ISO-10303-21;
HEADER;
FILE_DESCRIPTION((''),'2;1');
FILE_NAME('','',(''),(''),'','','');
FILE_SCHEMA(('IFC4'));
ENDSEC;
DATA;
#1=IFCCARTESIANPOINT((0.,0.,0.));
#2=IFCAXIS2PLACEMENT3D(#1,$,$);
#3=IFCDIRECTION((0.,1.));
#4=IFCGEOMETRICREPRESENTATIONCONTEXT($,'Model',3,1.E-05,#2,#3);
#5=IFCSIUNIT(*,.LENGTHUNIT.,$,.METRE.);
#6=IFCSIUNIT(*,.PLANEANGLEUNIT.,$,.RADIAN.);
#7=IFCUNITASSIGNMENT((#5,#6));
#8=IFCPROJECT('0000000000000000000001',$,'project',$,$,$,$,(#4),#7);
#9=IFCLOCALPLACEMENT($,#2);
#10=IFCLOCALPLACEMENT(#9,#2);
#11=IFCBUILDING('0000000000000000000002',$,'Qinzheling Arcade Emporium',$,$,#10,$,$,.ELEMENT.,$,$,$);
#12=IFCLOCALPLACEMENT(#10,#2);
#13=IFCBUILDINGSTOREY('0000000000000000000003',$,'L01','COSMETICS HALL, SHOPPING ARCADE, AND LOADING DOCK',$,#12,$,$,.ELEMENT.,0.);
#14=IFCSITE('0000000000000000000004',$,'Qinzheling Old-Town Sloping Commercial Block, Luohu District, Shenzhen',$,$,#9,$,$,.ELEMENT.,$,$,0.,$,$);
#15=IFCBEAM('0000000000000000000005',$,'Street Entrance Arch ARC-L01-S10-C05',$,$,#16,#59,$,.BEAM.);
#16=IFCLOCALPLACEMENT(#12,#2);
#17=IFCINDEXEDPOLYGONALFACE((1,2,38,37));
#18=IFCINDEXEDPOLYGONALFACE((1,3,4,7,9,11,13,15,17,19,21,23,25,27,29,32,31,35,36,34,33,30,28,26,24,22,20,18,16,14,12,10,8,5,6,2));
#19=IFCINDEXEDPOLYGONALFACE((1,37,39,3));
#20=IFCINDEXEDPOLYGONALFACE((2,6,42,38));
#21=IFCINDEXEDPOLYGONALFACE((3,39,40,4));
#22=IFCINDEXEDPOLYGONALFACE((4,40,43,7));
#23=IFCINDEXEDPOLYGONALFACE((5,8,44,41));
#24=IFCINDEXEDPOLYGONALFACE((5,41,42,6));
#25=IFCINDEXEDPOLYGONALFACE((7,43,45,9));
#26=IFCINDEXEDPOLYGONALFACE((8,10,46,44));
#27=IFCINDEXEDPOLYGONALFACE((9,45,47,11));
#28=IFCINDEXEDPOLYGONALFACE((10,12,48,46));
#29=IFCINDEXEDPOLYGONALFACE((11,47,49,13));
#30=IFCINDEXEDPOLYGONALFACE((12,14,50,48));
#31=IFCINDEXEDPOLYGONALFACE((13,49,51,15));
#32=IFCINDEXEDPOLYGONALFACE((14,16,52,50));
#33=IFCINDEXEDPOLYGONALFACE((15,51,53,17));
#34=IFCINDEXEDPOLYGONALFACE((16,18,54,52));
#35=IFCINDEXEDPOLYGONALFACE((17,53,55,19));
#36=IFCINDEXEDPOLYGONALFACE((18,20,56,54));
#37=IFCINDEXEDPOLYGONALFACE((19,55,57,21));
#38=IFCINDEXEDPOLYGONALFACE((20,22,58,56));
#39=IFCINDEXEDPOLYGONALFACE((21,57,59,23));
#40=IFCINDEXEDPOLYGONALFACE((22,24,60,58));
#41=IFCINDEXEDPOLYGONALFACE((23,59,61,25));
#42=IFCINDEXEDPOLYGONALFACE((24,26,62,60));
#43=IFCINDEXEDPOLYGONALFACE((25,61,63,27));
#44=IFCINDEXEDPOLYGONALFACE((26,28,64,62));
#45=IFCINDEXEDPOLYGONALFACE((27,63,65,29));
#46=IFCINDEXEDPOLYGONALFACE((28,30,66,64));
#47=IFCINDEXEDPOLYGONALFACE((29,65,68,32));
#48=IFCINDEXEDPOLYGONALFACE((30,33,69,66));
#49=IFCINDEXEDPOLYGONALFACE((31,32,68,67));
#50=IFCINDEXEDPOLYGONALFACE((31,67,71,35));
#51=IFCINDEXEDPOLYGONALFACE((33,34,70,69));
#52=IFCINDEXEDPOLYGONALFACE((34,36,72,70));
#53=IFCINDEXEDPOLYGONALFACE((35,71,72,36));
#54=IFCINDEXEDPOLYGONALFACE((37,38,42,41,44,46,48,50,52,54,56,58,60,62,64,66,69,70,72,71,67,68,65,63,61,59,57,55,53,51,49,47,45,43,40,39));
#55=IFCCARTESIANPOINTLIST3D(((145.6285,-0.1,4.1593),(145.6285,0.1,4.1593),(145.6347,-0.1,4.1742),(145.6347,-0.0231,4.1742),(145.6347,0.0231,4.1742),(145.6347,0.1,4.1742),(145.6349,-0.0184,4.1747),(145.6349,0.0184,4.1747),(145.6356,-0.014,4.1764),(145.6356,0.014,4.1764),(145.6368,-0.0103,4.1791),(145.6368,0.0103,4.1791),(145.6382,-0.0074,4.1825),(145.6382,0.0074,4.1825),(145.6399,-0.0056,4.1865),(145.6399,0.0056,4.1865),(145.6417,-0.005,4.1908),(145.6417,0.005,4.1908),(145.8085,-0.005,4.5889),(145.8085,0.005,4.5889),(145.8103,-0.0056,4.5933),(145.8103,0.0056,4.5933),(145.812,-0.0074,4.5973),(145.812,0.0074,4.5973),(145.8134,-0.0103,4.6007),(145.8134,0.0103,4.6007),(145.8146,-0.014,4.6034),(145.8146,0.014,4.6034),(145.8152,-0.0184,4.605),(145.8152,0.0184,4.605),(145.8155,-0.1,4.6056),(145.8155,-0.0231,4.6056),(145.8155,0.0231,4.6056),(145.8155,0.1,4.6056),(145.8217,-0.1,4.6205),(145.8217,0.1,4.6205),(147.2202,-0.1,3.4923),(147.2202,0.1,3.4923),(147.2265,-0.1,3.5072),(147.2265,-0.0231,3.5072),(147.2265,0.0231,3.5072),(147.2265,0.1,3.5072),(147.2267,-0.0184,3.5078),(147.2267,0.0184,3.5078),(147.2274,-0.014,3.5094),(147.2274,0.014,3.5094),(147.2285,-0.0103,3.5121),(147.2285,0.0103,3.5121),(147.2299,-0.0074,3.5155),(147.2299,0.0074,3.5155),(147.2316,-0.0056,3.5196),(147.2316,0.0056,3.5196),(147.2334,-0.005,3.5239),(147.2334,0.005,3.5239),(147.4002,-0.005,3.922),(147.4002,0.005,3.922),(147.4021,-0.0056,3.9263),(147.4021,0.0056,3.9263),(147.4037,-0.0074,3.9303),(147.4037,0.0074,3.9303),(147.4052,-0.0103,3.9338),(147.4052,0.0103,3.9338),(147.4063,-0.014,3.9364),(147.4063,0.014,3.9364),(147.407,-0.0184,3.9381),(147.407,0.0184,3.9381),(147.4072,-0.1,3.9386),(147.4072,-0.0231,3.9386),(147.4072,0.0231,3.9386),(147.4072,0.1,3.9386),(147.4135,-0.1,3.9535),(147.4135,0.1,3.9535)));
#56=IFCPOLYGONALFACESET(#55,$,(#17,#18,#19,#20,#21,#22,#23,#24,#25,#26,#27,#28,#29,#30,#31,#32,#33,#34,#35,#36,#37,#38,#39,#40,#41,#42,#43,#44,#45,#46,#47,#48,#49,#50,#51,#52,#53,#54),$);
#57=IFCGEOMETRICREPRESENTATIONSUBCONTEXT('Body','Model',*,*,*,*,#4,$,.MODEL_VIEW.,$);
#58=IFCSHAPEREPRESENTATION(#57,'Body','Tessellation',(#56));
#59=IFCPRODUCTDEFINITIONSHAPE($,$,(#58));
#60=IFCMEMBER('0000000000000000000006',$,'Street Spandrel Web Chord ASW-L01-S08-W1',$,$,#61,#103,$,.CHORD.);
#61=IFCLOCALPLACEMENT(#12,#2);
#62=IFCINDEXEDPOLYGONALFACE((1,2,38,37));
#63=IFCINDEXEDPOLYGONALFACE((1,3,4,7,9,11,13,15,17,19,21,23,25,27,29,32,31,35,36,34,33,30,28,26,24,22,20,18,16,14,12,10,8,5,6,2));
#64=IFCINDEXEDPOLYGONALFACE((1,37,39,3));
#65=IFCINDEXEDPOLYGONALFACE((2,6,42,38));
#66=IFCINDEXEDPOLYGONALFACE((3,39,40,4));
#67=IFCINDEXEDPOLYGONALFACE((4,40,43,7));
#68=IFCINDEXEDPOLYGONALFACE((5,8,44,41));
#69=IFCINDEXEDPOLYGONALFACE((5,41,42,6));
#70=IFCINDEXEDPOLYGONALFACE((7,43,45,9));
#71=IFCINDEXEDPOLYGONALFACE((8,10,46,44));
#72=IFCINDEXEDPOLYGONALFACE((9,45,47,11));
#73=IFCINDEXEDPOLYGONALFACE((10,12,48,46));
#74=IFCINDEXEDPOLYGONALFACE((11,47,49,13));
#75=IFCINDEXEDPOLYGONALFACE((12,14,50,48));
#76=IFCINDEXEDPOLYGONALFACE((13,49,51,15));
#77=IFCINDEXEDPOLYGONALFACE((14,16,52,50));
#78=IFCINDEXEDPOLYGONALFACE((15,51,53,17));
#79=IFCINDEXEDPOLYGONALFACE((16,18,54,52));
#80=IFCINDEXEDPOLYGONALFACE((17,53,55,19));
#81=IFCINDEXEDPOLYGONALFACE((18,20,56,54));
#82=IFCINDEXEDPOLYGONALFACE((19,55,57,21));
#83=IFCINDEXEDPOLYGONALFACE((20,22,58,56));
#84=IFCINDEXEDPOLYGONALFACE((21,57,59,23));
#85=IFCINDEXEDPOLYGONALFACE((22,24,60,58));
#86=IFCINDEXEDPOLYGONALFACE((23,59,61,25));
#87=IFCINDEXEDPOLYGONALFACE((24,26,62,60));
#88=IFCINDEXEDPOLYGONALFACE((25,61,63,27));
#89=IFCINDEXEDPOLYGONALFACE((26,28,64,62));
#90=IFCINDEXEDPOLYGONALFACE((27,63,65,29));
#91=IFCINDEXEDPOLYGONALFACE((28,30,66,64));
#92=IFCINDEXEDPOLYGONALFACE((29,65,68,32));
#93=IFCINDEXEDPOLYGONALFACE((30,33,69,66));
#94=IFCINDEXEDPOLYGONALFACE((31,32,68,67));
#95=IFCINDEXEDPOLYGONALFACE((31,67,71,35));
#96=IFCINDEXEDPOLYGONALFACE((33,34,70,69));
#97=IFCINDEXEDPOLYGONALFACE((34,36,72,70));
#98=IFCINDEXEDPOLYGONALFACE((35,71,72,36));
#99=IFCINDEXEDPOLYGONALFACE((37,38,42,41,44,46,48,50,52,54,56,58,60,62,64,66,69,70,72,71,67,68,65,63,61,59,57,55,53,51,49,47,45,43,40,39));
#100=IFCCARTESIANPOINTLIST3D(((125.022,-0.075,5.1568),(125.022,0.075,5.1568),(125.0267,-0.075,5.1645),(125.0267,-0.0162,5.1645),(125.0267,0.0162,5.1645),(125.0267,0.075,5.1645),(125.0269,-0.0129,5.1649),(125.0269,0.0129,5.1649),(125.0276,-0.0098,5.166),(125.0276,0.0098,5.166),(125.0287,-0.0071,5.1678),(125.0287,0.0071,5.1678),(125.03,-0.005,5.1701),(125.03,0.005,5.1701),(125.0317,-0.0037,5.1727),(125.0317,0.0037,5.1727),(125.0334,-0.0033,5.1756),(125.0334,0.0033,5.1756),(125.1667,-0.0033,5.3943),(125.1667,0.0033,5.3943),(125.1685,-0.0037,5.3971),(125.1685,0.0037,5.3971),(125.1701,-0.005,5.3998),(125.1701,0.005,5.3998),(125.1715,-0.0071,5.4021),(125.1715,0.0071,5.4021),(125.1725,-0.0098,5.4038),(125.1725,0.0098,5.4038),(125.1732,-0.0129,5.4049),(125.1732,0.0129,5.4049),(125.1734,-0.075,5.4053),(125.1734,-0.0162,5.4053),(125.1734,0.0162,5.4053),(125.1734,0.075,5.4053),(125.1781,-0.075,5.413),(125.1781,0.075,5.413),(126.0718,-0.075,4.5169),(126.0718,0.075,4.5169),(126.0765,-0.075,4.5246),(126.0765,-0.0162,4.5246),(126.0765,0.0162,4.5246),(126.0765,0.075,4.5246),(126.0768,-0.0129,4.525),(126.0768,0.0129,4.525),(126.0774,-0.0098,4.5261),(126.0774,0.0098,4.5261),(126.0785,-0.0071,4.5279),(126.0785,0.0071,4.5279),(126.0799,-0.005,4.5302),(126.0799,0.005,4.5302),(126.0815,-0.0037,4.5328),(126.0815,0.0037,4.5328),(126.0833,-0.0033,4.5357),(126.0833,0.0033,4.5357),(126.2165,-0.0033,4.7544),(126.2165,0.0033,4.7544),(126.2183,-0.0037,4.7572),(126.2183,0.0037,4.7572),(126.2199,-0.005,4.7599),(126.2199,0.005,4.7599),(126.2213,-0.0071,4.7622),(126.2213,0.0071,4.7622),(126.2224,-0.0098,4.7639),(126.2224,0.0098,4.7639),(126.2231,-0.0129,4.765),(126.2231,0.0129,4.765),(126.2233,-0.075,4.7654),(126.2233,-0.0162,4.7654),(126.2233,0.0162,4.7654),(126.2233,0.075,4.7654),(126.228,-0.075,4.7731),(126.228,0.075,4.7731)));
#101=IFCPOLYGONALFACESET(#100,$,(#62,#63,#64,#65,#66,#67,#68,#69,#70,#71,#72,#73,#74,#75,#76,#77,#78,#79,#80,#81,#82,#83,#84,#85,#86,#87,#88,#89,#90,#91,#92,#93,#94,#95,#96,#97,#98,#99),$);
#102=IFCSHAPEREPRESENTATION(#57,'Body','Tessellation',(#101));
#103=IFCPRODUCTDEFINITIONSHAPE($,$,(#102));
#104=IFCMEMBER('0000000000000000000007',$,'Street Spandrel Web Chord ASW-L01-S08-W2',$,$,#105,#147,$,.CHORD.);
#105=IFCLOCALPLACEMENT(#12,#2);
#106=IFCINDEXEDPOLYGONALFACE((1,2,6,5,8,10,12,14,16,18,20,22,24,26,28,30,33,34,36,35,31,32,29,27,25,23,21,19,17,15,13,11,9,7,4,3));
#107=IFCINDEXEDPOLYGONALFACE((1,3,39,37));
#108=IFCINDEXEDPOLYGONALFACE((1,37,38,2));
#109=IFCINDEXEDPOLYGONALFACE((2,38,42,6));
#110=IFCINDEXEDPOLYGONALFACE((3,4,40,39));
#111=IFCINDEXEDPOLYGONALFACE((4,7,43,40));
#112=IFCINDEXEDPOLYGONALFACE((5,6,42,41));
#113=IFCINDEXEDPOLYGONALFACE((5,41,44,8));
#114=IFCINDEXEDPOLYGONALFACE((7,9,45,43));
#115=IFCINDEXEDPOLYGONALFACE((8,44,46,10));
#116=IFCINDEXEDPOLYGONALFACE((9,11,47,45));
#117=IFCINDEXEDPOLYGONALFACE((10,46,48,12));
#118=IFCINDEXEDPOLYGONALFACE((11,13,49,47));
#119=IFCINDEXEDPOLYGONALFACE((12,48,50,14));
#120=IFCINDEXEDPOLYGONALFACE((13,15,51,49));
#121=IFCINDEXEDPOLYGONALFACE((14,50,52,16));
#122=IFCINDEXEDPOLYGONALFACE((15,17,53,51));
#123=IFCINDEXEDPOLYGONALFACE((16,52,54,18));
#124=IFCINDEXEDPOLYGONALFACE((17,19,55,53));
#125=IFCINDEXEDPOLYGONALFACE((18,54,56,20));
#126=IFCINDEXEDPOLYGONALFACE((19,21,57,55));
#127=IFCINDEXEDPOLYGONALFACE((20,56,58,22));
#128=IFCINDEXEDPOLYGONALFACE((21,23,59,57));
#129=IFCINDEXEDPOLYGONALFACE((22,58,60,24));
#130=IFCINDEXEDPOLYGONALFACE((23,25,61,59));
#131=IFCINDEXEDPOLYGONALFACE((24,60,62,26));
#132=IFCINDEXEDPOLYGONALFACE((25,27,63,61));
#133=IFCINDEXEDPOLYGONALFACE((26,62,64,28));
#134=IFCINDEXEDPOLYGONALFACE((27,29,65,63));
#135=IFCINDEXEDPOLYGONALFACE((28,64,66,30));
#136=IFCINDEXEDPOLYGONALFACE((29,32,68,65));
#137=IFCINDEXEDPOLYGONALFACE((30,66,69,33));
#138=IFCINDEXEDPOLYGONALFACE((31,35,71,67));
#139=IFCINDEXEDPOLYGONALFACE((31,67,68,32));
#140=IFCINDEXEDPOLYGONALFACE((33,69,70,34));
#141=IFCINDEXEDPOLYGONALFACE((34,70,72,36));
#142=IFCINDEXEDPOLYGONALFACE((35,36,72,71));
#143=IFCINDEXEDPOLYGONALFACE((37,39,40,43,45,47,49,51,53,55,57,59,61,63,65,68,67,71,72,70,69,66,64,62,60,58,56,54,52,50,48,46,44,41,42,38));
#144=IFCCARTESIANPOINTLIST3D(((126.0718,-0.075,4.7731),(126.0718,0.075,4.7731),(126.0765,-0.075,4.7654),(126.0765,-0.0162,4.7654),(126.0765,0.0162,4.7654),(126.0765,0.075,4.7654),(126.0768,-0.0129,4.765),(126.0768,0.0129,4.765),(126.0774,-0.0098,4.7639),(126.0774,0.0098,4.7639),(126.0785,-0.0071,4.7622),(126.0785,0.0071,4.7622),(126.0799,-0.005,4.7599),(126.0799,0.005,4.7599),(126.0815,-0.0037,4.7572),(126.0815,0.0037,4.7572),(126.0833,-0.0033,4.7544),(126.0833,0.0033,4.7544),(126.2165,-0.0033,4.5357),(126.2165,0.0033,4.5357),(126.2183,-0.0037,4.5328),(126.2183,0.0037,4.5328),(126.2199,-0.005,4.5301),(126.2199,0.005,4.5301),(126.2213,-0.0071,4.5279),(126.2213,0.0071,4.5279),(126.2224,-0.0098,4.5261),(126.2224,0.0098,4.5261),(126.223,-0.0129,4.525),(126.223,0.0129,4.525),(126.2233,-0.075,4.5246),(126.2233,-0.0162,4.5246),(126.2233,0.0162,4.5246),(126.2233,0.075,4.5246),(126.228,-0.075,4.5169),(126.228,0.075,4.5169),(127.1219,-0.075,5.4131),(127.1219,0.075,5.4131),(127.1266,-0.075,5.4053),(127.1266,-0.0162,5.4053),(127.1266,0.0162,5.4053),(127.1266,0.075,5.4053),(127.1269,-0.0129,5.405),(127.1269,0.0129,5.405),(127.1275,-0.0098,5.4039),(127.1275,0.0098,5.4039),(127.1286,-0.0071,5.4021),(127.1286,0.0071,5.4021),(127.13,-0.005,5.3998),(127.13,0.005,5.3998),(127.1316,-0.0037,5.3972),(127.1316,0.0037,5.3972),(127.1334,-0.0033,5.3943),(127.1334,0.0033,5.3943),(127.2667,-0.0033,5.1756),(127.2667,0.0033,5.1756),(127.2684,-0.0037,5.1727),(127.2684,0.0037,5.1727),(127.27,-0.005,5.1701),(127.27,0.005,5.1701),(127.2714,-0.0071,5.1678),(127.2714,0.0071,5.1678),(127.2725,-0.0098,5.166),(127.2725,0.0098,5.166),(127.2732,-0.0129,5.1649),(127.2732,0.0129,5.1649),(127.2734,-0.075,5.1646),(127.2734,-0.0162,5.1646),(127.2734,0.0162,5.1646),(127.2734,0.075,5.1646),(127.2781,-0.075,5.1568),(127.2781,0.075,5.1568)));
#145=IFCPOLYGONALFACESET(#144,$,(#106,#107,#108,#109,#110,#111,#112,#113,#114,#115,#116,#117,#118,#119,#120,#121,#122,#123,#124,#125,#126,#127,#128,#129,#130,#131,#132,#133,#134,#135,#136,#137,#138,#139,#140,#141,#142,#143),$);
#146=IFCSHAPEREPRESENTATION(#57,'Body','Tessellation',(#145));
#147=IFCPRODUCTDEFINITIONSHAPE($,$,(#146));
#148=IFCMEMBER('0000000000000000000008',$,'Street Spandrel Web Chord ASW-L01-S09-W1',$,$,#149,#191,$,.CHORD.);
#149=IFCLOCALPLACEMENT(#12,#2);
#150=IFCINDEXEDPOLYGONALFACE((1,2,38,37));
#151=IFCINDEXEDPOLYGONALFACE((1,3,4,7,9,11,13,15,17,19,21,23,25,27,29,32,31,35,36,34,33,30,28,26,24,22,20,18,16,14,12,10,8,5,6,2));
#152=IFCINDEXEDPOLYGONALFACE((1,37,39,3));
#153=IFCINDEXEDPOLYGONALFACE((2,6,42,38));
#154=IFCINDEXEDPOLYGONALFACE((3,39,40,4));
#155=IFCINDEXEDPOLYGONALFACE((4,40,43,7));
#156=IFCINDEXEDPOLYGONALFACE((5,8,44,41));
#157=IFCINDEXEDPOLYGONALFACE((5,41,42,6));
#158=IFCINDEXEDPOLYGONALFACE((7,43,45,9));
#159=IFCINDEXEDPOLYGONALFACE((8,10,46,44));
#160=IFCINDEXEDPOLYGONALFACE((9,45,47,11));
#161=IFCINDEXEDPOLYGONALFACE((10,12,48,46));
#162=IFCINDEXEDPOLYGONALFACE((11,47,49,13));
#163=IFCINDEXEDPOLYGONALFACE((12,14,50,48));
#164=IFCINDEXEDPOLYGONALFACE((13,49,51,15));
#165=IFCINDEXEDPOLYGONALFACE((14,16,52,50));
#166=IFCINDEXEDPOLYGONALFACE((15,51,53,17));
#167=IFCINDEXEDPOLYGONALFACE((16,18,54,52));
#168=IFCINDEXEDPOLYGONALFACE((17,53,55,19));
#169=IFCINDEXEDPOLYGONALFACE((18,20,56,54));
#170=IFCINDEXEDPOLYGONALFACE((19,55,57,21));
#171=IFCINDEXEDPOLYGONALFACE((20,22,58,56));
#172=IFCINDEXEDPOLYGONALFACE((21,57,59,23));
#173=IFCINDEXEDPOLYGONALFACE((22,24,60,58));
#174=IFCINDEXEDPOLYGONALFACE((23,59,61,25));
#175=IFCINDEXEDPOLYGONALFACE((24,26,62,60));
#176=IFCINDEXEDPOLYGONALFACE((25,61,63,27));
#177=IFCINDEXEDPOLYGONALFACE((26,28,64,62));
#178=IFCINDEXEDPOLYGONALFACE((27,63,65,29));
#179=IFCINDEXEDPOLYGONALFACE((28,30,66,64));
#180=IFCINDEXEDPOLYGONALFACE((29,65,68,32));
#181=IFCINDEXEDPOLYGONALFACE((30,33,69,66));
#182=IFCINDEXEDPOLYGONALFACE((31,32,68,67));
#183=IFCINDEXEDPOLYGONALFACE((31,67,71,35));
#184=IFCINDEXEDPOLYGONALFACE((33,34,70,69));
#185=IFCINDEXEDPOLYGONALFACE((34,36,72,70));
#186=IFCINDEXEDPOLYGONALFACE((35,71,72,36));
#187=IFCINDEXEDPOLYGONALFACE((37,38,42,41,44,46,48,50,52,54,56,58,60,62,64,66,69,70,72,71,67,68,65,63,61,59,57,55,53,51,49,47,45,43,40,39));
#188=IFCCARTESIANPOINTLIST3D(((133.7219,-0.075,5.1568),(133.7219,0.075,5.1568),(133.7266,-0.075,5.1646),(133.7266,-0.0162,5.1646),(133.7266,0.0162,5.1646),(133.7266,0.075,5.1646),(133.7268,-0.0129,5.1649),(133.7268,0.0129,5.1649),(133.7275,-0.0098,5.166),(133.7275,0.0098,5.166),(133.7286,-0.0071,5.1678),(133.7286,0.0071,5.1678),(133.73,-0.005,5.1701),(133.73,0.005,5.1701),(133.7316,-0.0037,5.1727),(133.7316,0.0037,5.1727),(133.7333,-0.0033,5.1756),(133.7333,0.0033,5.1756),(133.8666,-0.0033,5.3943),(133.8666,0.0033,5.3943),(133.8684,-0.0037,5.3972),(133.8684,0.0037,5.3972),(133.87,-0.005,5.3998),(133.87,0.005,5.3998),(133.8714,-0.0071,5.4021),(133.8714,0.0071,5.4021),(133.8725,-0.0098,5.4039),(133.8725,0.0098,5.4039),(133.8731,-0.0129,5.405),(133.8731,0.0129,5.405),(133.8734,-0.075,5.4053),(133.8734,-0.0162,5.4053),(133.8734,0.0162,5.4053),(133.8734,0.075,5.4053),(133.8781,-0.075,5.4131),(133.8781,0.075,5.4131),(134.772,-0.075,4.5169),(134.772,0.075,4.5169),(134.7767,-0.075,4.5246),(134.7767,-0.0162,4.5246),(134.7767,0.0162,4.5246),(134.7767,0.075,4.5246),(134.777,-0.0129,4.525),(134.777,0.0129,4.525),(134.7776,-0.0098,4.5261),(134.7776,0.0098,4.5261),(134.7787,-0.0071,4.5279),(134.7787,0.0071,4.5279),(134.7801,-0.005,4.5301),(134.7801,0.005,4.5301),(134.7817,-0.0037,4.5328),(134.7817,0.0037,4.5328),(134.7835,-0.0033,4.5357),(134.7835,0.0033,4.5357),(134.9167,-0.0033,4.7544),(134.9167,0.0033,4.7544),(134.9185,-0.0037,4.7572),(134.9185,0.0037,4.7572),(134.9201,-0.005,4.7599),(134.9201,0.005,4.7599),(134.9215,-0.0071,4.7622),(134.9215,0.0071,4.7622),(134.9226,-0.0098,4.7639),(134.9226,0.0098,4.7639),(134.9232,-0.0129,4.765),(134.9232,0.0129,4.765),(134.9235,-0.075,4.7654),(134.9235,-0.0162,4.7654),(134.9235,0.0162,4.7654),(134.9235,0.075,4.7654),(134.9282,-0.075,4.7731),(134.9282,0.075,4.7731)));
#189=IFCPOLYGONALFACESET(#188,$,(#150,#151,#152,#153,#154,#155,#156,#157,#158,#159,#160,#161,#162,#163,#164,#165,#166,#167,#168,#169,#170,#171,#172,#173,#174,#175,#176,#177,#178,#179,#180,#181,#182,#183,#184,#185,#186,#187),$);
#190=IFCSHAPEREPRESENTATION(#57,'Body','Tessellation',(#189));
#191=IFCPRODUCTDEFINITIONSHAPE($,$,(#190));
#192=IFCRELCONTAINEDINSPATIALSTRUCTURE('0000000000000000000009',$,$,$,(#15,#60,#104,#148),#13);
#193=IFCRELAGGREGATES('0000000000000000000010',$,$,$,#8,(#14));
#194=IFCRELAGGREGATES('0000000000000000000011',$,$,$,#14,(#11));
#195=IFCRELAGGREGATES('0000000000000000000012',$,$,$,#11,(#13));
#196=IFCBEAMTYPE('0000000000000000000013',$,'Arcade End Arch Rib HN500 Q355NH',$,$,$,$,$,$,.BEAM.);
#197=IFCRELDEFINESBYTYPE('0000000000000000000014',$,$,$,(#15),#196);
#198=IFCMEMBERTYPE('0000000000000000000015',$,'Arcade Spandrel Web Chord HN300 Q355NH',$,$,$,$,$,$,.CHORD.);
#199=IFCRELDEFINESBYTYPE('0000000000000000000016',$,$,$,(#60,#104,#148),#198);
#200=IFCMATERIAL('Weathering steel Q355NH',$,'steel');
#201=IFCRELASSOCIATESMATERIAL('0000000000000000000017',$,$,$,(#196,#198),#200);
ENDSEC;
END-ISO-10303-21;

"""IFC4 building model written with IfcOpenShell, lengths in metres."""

from ifc_helpers import new_model, si_unit, direction, frame, origin, origin_2d, place, context, subcontext, project, spatial, i_section, extrude, material, material_profile, profile_set, type_object, element, save


model = new_model("IFC4")

# Units and contexts
model_context = context("Model", 3, precision=1e-05, world=origin(), true_north=direction((0.0, 1.0)))
body_context = subcontext(model_context, "Body", "Model", "MODEL_VIEW")
ifc_project = project(units=[si_unit("LENGTHUNIT", "METRE"), si_unit("PLANEANGLEUNIT", "RADIAN")], contexts=[model_context])

# Site, building, storey
site_placement = place(None, origin())
site = spatial("IfcSite", under=ifc_project, at=site_placement, Name="Qinzheling Old-Town Sloping Commercial Block, Luohu District, Shenzhen", CompositionType="ELEMENT", RefElevation=0.0)
building_placement = place(site_placement, origin())
building = spatial("IfcBuilding", under=site, at=building_placement, Name="Qinzheling Arcade Emporium", CompositionType="ELEMENT")
storey_placement = place(building_placement, origin())
storey = spatial("IfcBuildingStorey", under=building, at=storey_placement, Name="L01", Description="COSMETICS HALL, SHOPPING ARCADE, AND LOADING DOCK", CompositionType="ELEMENT", Elevation=0.0)

# Beam
ifc_material_1 = material(Name="Weathering steel Q355NH", Category="steel")
ifc_material_profile_1 = material_profile(ifc_material_1, i_section(OverallWidth=0.2, OverallDepth=0.5, WebThickness=0.01, FlangeThickness=0.0161, FilletRadius=0.0181, at=origin_2d()), Name="HN 500x200x10x16", Category="steel")
ifc_profile_set_1 = profile_set([ifc_material_profile_1], Name="Weathering steel Q355NH")
beam_type_1 = type_object("IfcBeamType", Name="Arcade End Arch Rib HN500 Q355NH", PredefinedType="BEAM", material=ifc_profile_set_1)
beam_1_placement = place(storey_placement, frame((145.7251, 0.0, 4.3899), z_axis=(0.922305, 0.0, -0.386463), x_axis=(0.0, 1.0, 0.0)))
element("IfcBeam", 1, at=beam_1_placement, inside=storey, type_object=beam_type_1, Name="Street Entrance Arch ARC-L01-S10-C05", PredefinedType="BEAM", context=body_context, shape_type="SweptSolid", body=[
    extrude(i_section(OverallWidth=0.2, OverallDepth=0.5, WebThickness=0.01, FlangeThickness=0.0161, FilletRadius=0.0181, at=origin_2d()), origin(), (0.0, 0.0, 1.0), 1.7258),
])

# Members
ifc_material_profile_2 = material_profile(ifc_material_1, i_section(OverallWidth=0.1499, OverallDepth=0.3, WebThickness=0.0066, FlangeThickness=0.009, FilletRadius=0.0129, at=origin_2d()), Name="HN 300x150x6.5x9", Category="steel")
ifc_profile_set_2 = profile_set([ifc_material_profile_2], Name="Weathering steel Q355NH")
member_type = type_object("IfcMemberType", Name="Arcade Spandrel Web Chord HN300 Q355NH", PredefinedType="CHORD", material=ifc_profile_set_2)
member_1_placement = place(storey_placement, frame((126.1499, 0.0, 4.645), z_axis=(-0.85388, 0.0, 0.52047), x_axis=(0.0, -1.0, 0.0)))
element("IfcMember", 2, at=member_1_placement, inside=storey, type_object=member_type, Name="Street Spandrel Web Chord ASW-L01-S08-W1", PredefinedType="CHORD", context=body_context, shape_type="SweptSolid", body=[
    extrude(i_section(OverallWidth=0.1499, OverallDepth=0.3, WebThickness=0.0066, FlangeThickness=0.009, FilletRadius=0.0129, at=origin_2d()), origin(), (0.0, 0.0, 1.0), 1.2295),
])
for number, where, z_axis, x_axis, name in (
    (3, (126.1499, 0.0, 4.645), (0.853934, 0.0, 0.520381), (0.0, 1.0, 0.0), "Street Spandrel Web Chord ASW-L01-S08-W2"),
    (4, (134.8501, 0.0, 4.645), (-0.853934, 0.0, 0.520381), (0.0, -1.0, 0.0), "Street Spandrel Web Chord ASW-L01-S09-W1"),
):
    element("IfcMember", number, at=place(storey_placement, frame(where, z_axis=z_axis, x_axis=x_axis)), inside=storey, type_object=member_type, Name=name, PredefinedType="CHORD", context=body_context, shape_type="SweptSolid", body=[
        extrude(i_section(OverallWidth=0.1499, OverallDepth=0.3, WebThickness=0.0066, FlangeThickness=0.009, FilletRadius=0.0129, at=origin_2d()), origin(), (0.0, 0.0, 1.0), 1.2297),
    ])

save(model, "model.ifc")
